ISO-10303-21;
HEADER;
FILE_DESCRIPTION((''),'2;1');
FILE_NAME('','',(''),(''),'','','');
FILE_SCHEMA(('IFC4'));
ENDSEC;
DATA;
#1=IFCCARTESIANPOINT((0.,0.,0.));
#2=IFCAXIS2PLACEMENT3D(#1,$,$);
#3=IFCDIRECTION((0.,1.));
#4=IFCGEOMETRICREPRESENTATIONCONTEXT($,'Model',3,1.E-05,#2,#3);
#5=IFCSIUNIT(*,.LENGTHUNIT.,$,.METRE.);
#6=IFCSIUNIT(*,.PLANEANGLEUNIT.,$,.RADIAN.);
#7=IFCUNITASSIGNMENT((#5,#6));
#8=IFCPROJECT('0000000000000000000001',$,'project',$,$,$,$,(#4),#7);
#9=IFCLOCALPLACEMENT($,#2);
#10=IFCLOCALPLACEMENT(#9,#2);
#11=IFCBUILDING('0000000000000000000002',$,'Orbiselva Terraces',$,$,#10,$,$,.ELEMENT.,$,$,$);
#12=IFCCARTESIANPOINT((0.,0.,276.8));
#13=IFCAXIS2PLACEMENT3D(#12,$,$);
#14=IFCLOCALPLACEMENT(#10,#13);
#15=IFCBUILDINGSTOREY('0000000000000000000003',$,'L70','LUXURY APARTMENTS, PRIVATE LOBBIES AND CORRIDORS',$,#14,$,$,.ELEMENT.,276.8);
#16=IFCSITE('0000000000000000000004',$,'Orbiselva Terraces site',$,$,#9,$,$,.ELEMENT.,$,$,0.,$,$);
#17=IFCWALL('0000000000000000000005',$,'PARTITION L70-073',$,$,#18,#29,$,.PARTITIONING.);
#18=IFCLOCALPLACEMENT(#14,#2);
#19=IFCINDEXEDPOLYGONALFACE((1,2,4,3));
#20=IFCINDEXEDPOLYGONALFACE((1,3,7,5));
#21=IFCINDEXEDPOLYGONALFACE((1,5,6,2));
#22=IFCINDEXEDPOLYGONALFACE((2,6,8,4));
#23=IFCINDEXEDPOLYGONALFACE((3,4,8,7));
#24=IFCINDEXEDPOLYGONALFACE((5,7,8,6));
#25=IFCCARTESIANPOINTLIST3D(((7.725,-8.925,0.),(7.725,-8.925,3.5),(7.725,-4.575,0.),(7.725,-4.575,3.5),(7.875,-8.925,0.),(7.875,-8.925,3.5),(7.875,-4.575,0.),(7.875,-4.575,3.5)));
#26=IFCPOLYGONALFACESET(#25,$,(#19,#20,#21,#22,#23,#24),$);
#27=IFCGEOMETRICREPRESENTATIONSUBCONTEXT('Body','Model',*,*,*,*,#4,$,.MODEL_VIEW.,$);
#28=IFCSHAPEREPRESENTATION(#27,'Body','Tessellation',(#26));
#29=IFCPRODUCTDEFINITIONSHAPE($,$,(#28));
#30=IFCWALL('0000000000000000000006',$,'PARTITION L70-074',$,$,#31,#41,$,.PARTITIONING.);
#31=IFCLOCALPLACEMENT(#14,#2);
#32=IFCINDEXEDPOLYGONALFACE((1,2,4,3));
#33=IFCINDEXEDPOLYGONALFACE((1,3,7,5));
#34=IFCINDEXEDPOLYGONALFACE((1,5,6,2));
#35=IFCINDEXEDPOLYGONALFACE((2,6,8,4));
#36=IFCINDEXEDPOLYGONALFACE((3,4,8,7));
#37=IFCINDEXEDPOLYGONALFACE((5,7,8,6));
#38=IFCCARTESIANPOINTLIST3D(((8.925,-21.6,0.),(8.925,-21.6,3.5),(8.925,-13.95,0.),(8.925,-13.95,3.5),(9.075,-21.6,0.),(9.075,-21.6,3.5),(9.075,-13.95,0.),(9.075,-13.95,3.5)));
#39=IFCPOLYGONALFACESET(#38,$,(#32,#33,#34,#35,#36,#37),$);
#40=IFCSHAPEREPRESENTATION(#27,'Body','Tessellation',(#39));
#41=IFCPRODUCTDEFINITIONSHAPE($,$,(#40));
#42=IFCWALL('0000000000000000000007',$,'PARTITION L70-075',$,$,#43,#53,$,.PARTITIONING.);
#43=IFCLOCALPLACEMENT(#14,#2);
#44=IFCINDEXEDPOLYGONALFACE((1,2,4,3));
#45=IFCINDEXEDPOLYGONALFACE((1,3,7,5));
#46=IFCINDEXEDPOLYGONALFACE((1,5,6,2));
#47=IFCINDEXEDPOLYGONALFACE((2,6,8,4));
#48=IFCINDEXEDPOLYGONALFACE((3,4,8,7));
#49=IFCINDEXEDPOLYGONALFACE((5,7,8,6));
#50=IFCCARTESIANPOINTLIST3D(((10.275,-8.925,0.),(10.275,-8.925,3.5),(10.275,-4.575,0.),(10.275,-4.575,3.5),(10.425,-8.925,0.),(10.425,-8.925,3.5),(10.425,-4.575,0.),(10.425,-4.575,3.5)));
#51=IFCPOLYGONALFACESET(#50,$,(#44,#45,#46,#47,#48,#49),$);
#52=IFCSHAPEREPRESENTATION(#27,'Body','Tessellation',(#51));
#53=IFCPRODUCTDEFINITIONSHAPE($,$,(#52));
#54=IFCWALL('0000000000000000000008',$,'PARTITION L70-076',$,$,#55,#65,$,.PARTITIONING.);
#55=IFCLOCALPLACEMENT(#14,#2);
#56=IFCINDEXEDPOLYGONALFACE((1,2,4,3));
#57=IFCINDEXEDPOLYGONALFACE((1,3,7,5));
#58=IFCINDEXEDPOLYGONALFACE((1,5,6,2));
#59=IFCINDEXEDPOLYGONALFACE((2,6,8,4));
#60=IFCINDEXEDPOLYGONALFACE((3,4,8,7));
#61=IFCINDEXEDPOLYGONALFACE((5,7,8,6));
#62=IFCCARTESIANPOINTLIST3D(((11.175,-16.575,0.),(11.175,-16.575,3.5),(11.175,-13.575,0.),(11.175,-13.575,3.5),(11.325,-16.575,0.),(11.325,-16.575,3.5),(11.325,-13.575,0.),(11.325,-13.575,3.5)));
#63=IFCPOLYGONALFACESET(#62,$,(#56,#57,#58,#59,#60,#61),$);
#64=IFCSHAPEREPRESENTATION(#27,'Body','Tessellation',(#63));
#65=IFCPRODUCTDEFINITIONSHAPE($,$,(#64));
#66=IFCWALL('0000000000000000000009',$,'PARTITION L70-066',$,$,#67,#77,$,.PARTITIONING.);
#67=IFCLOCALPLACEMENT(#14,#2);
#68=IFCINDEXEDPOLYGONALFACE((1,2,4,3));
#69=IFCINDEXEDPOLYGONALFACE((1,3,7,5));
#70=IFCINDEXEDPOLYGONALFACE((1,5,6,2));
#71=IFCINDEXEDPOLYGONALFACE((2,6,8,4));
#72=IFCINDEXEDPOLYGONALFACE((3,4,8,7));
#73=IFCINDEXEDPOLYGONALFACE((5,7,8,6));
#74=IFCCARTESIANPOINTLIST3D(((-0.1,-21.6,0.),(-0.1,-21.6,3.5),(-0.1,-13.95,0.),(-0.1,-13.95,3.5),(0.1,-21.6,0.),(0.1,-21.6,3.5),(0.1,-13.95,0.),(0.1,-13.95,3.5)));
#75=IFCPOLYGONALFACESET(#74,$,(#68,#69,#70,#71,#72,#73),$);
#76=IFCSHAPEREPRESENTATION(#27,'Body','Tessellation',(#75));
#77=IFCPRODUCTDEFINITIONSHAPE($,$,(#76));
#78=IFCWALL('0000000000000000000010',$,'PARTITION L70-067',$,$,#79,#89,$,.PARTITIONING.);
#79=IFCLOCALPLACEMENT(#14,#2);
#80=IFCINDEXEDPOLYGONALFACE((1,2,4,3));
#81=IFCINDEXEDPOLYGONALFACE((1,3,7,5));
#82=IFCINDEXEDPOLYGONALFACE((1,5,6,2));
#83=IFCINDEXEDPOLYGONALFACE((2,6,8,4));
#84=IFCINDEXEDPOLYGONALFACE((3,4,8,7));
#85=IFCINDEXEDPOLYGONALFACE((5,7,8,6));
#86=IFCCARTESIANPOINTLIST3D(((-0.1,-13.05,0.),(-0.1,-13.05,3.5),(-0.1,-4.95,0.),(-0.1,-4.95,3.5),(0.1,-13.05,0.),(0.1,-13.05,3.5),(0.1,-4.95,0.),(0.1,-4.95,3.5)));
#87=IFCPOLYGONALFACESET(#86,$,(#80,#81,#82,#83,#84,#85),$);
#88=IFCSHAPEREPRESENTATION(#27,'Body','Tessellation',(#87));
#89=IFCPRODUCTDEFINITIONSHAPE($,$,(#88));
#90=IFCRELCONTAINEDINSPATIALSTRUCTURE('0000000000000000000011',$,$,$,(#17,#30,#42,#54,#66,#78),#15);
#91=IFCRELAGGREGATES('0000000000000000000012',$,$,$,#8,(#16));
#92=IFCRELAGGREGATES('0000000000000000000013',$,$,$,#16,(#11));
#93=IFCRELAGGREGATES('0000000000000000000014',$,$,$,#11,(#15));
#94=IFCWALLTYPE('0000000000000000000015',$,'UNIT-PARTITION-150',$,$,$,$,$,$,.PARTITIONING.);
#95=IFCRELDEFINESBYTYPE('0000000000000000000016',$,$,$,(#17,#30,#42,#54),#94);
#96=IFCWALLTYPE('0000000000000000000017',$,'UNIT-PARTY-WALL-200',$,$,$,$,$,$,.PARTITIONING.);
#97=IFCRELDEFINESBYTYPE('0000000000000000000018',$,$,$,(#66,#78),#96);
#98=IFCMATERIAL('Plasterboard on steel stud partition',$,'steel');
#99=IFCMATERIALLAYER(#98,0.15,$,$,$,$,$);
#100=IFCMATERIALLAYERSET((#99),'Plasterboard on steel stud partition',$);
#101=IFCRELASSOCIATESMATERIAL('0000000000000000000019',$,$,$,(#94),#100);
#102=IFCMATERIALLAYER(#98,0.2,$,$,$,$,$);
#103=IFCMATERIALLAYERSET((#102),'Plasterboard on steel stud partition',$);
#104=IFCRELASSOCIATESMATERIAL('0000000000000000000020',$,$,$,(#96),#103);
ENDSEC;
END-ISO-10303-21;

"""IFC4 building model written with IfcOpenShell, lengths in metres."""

from ifc_helpers import new_model, si_unit, direction, frame, frame_2d, origin, place, context, subcontext, project, spatial, rectangle, extrude, material, layer, layer_set, type_object, element, save


model = new_model("IFC4")

# Units and contexts
model_context = context("Model", 3, precision=1e-05, world=origin(), true_north=direction((0.0, 1.0)))
body_context = subcontext(model_context, "Body", "Model", "MODEL_VIEW")
ifc_project = project(units=[si_unit("LENGTHUNIT", "METRE"), si_unit("PLANEANGLEUNIT", "RADIAN")], contexts=[model_context])

# Site, building, storey
site_placement = place(None, origin())
site = spatial("IfcSite", under=ifc_project, at=site_placement, Name="Orbiselva Terraces site", CompositionType="ELEMENT", RefElevation=0.0)
building_placement = place(site_placement, origin())
building = spatial("IfcBuilding", under=site, at=building_placement, Name="Orbiselva Terraces", CompositionType="ELEMENT")
storey_placement = place(building_placement, frame((0.0, 0.0, 276.8)))
storey = spatial("IfcBuildingStorey", under=building, at=storey_placement, Name="L70", Description="LUXURY APARTMENTS, PRIVATE LOBBIES AND CORRIDORS", CompositionType="ELEMENT", Elevation=276.8)

# Shared definitions
ifc_material_1 = material(Name="Plasterboard on steel stud partition", Category="steel")
ifc_layer_1 = layer(ifc_material_1, 0.15)
ifc_layer_set_1 = layer_set([ifc_layer_1], Name="Plasterboard on steel stud partition")
wall_type_1 = type_object("IfcWallType", Name="UNIT-PARTITION-150", PredefinedType="PARTITIONING", material=ifc_layer_set_1)

# Walls
wall_1_placement = place(storey_placement, frame((7.8, -8.925, 0.0), z_axis=(0.0, 0.0, 1.0), x_axis=(0.0, 1.0, 0.0)))
element("IfcWall", 1, at=wall_1_placement, inside=storey, type_object=wall_type_1, Name="PARTITION L70-073", PredefinedType="PARTITIONING", context=body_context, shape_type="SweptSolid", body=[
    extrude(rectangle(XDim=4.35, YDim=0.15, at=frame_2d((2.175, 0.0))), origin(), (0.0, 0.0, 1.0), 3.5),
])
wall_2_placement = place(storey_placement, frame((9.0, -21.6, 0.0), z_axis=(0.0, 0.0, 1.0), x_axis=(0.0, 1.0, 0.0)))
element("IfcWall", 2, at=wall_2_placement, inside=storey, type_object=wall_type_1, Name="PARTITION L70-074", PredefinedType="PARTITIONING", context=body_context, shape_type="SweptSolid", body=[
    extrude(rectangle(XDim=7.65, YDim=0.15, at=frame_2d((3.825, 0.0))), origin(), (0.0, 0.0, 1.0), 3.5),
])
wall_3_placement = place(storey_placement, frame((10.35, -8.925, 0.0), z_axis=(0.0, 0.0, 1.0), x_axis=(0.0, 1.0, 0.0)))
element("IfcWall", 3, at=wall_3_placement, inside=storey, type_object=wall_type_1, Name="PARTITION L70-075", PredefinedType="PARTITIONING", context=body_context, shape_type="SweptSolid", body=[
    extrude(rectangle(XDim=4.35, YDim=0.15, at=frame_2d((2.175, 0.0))), origin(), (0.0, 0.0, 1.0), 3.5),
])
wall_4_placement = place(storey_placement, frame((11.25, -16.575, 0.0), z_axis=(0.0, 0.0, 1.0), x_axis=(0.0, 1.0, 0.0)))
element("IfcWall", 4, at=wall_4_placement, inside=storey, type_object=wall_type_1, Name="PARTITION L70-076", PredefinedType="PARTITIONING", context=body_context, shape_type="SweptSolid", body=[
    extrude(rectangle(XDim=3.0, YDim=0.15, at=frame_2d((1.5, 0.0))), origin(), (0.0, 0.0, 1.0), 3.5),
])
ifc_layer_2 = layer(ifc_material_1, 0.2)
ifc_layer_set_2 = layer_set([ifc_layer_2], Name="Plasterboard on steel stud partition")
wall_type_2 = type_object("IfcWallType", Name="UNIT-PARTY-WALL-200", PredefinedType="PARTITIONING", material=ifc_layer_set_2)
wall_5_placement = place(storey_placement, frame((0.0, -21.6, 0.0), z_axis=(0.0, 0.0, 1.0), x_axis=(0.0, 1.0, 0.0)))
element("IfcWall", 5, at=wall_5_placement, inside=storey, type_object=wall_type_2, Name="PARTITION L70-066", PredefinedType="PARTITIONING", context=body_context, shape_type="SweptSolid", body=[
    extrude(rectangle(XDim=7.65, YDim=0.2, at=frame_2d((3.825, 0.0))), origin(), (0.0, 0.0, 1.0), 3.5),
])
wall_6_placement = place(storey_placement, frame((0.0, -13.05, 0.0), z_axis=(0.0, 0.0, 1.0), x_axis=(0.0, 1.0, 0.0)))
element("IfcWall", 6, at=wall_6_placement, inside=storey, type_object=wall_type_2, Name="PARTITION L70-067", PredefinedType="PARTITIONING", context=body_context, shape_type="SweptSolid", body=[
    extrude(rectangle(XDim=8.1, YDim=0.2, at=frame_2d((4.05, 0.0))), origin(), (0.0, 0.0, 1.0), 3.5),
])

save(model, "model.ifc")
